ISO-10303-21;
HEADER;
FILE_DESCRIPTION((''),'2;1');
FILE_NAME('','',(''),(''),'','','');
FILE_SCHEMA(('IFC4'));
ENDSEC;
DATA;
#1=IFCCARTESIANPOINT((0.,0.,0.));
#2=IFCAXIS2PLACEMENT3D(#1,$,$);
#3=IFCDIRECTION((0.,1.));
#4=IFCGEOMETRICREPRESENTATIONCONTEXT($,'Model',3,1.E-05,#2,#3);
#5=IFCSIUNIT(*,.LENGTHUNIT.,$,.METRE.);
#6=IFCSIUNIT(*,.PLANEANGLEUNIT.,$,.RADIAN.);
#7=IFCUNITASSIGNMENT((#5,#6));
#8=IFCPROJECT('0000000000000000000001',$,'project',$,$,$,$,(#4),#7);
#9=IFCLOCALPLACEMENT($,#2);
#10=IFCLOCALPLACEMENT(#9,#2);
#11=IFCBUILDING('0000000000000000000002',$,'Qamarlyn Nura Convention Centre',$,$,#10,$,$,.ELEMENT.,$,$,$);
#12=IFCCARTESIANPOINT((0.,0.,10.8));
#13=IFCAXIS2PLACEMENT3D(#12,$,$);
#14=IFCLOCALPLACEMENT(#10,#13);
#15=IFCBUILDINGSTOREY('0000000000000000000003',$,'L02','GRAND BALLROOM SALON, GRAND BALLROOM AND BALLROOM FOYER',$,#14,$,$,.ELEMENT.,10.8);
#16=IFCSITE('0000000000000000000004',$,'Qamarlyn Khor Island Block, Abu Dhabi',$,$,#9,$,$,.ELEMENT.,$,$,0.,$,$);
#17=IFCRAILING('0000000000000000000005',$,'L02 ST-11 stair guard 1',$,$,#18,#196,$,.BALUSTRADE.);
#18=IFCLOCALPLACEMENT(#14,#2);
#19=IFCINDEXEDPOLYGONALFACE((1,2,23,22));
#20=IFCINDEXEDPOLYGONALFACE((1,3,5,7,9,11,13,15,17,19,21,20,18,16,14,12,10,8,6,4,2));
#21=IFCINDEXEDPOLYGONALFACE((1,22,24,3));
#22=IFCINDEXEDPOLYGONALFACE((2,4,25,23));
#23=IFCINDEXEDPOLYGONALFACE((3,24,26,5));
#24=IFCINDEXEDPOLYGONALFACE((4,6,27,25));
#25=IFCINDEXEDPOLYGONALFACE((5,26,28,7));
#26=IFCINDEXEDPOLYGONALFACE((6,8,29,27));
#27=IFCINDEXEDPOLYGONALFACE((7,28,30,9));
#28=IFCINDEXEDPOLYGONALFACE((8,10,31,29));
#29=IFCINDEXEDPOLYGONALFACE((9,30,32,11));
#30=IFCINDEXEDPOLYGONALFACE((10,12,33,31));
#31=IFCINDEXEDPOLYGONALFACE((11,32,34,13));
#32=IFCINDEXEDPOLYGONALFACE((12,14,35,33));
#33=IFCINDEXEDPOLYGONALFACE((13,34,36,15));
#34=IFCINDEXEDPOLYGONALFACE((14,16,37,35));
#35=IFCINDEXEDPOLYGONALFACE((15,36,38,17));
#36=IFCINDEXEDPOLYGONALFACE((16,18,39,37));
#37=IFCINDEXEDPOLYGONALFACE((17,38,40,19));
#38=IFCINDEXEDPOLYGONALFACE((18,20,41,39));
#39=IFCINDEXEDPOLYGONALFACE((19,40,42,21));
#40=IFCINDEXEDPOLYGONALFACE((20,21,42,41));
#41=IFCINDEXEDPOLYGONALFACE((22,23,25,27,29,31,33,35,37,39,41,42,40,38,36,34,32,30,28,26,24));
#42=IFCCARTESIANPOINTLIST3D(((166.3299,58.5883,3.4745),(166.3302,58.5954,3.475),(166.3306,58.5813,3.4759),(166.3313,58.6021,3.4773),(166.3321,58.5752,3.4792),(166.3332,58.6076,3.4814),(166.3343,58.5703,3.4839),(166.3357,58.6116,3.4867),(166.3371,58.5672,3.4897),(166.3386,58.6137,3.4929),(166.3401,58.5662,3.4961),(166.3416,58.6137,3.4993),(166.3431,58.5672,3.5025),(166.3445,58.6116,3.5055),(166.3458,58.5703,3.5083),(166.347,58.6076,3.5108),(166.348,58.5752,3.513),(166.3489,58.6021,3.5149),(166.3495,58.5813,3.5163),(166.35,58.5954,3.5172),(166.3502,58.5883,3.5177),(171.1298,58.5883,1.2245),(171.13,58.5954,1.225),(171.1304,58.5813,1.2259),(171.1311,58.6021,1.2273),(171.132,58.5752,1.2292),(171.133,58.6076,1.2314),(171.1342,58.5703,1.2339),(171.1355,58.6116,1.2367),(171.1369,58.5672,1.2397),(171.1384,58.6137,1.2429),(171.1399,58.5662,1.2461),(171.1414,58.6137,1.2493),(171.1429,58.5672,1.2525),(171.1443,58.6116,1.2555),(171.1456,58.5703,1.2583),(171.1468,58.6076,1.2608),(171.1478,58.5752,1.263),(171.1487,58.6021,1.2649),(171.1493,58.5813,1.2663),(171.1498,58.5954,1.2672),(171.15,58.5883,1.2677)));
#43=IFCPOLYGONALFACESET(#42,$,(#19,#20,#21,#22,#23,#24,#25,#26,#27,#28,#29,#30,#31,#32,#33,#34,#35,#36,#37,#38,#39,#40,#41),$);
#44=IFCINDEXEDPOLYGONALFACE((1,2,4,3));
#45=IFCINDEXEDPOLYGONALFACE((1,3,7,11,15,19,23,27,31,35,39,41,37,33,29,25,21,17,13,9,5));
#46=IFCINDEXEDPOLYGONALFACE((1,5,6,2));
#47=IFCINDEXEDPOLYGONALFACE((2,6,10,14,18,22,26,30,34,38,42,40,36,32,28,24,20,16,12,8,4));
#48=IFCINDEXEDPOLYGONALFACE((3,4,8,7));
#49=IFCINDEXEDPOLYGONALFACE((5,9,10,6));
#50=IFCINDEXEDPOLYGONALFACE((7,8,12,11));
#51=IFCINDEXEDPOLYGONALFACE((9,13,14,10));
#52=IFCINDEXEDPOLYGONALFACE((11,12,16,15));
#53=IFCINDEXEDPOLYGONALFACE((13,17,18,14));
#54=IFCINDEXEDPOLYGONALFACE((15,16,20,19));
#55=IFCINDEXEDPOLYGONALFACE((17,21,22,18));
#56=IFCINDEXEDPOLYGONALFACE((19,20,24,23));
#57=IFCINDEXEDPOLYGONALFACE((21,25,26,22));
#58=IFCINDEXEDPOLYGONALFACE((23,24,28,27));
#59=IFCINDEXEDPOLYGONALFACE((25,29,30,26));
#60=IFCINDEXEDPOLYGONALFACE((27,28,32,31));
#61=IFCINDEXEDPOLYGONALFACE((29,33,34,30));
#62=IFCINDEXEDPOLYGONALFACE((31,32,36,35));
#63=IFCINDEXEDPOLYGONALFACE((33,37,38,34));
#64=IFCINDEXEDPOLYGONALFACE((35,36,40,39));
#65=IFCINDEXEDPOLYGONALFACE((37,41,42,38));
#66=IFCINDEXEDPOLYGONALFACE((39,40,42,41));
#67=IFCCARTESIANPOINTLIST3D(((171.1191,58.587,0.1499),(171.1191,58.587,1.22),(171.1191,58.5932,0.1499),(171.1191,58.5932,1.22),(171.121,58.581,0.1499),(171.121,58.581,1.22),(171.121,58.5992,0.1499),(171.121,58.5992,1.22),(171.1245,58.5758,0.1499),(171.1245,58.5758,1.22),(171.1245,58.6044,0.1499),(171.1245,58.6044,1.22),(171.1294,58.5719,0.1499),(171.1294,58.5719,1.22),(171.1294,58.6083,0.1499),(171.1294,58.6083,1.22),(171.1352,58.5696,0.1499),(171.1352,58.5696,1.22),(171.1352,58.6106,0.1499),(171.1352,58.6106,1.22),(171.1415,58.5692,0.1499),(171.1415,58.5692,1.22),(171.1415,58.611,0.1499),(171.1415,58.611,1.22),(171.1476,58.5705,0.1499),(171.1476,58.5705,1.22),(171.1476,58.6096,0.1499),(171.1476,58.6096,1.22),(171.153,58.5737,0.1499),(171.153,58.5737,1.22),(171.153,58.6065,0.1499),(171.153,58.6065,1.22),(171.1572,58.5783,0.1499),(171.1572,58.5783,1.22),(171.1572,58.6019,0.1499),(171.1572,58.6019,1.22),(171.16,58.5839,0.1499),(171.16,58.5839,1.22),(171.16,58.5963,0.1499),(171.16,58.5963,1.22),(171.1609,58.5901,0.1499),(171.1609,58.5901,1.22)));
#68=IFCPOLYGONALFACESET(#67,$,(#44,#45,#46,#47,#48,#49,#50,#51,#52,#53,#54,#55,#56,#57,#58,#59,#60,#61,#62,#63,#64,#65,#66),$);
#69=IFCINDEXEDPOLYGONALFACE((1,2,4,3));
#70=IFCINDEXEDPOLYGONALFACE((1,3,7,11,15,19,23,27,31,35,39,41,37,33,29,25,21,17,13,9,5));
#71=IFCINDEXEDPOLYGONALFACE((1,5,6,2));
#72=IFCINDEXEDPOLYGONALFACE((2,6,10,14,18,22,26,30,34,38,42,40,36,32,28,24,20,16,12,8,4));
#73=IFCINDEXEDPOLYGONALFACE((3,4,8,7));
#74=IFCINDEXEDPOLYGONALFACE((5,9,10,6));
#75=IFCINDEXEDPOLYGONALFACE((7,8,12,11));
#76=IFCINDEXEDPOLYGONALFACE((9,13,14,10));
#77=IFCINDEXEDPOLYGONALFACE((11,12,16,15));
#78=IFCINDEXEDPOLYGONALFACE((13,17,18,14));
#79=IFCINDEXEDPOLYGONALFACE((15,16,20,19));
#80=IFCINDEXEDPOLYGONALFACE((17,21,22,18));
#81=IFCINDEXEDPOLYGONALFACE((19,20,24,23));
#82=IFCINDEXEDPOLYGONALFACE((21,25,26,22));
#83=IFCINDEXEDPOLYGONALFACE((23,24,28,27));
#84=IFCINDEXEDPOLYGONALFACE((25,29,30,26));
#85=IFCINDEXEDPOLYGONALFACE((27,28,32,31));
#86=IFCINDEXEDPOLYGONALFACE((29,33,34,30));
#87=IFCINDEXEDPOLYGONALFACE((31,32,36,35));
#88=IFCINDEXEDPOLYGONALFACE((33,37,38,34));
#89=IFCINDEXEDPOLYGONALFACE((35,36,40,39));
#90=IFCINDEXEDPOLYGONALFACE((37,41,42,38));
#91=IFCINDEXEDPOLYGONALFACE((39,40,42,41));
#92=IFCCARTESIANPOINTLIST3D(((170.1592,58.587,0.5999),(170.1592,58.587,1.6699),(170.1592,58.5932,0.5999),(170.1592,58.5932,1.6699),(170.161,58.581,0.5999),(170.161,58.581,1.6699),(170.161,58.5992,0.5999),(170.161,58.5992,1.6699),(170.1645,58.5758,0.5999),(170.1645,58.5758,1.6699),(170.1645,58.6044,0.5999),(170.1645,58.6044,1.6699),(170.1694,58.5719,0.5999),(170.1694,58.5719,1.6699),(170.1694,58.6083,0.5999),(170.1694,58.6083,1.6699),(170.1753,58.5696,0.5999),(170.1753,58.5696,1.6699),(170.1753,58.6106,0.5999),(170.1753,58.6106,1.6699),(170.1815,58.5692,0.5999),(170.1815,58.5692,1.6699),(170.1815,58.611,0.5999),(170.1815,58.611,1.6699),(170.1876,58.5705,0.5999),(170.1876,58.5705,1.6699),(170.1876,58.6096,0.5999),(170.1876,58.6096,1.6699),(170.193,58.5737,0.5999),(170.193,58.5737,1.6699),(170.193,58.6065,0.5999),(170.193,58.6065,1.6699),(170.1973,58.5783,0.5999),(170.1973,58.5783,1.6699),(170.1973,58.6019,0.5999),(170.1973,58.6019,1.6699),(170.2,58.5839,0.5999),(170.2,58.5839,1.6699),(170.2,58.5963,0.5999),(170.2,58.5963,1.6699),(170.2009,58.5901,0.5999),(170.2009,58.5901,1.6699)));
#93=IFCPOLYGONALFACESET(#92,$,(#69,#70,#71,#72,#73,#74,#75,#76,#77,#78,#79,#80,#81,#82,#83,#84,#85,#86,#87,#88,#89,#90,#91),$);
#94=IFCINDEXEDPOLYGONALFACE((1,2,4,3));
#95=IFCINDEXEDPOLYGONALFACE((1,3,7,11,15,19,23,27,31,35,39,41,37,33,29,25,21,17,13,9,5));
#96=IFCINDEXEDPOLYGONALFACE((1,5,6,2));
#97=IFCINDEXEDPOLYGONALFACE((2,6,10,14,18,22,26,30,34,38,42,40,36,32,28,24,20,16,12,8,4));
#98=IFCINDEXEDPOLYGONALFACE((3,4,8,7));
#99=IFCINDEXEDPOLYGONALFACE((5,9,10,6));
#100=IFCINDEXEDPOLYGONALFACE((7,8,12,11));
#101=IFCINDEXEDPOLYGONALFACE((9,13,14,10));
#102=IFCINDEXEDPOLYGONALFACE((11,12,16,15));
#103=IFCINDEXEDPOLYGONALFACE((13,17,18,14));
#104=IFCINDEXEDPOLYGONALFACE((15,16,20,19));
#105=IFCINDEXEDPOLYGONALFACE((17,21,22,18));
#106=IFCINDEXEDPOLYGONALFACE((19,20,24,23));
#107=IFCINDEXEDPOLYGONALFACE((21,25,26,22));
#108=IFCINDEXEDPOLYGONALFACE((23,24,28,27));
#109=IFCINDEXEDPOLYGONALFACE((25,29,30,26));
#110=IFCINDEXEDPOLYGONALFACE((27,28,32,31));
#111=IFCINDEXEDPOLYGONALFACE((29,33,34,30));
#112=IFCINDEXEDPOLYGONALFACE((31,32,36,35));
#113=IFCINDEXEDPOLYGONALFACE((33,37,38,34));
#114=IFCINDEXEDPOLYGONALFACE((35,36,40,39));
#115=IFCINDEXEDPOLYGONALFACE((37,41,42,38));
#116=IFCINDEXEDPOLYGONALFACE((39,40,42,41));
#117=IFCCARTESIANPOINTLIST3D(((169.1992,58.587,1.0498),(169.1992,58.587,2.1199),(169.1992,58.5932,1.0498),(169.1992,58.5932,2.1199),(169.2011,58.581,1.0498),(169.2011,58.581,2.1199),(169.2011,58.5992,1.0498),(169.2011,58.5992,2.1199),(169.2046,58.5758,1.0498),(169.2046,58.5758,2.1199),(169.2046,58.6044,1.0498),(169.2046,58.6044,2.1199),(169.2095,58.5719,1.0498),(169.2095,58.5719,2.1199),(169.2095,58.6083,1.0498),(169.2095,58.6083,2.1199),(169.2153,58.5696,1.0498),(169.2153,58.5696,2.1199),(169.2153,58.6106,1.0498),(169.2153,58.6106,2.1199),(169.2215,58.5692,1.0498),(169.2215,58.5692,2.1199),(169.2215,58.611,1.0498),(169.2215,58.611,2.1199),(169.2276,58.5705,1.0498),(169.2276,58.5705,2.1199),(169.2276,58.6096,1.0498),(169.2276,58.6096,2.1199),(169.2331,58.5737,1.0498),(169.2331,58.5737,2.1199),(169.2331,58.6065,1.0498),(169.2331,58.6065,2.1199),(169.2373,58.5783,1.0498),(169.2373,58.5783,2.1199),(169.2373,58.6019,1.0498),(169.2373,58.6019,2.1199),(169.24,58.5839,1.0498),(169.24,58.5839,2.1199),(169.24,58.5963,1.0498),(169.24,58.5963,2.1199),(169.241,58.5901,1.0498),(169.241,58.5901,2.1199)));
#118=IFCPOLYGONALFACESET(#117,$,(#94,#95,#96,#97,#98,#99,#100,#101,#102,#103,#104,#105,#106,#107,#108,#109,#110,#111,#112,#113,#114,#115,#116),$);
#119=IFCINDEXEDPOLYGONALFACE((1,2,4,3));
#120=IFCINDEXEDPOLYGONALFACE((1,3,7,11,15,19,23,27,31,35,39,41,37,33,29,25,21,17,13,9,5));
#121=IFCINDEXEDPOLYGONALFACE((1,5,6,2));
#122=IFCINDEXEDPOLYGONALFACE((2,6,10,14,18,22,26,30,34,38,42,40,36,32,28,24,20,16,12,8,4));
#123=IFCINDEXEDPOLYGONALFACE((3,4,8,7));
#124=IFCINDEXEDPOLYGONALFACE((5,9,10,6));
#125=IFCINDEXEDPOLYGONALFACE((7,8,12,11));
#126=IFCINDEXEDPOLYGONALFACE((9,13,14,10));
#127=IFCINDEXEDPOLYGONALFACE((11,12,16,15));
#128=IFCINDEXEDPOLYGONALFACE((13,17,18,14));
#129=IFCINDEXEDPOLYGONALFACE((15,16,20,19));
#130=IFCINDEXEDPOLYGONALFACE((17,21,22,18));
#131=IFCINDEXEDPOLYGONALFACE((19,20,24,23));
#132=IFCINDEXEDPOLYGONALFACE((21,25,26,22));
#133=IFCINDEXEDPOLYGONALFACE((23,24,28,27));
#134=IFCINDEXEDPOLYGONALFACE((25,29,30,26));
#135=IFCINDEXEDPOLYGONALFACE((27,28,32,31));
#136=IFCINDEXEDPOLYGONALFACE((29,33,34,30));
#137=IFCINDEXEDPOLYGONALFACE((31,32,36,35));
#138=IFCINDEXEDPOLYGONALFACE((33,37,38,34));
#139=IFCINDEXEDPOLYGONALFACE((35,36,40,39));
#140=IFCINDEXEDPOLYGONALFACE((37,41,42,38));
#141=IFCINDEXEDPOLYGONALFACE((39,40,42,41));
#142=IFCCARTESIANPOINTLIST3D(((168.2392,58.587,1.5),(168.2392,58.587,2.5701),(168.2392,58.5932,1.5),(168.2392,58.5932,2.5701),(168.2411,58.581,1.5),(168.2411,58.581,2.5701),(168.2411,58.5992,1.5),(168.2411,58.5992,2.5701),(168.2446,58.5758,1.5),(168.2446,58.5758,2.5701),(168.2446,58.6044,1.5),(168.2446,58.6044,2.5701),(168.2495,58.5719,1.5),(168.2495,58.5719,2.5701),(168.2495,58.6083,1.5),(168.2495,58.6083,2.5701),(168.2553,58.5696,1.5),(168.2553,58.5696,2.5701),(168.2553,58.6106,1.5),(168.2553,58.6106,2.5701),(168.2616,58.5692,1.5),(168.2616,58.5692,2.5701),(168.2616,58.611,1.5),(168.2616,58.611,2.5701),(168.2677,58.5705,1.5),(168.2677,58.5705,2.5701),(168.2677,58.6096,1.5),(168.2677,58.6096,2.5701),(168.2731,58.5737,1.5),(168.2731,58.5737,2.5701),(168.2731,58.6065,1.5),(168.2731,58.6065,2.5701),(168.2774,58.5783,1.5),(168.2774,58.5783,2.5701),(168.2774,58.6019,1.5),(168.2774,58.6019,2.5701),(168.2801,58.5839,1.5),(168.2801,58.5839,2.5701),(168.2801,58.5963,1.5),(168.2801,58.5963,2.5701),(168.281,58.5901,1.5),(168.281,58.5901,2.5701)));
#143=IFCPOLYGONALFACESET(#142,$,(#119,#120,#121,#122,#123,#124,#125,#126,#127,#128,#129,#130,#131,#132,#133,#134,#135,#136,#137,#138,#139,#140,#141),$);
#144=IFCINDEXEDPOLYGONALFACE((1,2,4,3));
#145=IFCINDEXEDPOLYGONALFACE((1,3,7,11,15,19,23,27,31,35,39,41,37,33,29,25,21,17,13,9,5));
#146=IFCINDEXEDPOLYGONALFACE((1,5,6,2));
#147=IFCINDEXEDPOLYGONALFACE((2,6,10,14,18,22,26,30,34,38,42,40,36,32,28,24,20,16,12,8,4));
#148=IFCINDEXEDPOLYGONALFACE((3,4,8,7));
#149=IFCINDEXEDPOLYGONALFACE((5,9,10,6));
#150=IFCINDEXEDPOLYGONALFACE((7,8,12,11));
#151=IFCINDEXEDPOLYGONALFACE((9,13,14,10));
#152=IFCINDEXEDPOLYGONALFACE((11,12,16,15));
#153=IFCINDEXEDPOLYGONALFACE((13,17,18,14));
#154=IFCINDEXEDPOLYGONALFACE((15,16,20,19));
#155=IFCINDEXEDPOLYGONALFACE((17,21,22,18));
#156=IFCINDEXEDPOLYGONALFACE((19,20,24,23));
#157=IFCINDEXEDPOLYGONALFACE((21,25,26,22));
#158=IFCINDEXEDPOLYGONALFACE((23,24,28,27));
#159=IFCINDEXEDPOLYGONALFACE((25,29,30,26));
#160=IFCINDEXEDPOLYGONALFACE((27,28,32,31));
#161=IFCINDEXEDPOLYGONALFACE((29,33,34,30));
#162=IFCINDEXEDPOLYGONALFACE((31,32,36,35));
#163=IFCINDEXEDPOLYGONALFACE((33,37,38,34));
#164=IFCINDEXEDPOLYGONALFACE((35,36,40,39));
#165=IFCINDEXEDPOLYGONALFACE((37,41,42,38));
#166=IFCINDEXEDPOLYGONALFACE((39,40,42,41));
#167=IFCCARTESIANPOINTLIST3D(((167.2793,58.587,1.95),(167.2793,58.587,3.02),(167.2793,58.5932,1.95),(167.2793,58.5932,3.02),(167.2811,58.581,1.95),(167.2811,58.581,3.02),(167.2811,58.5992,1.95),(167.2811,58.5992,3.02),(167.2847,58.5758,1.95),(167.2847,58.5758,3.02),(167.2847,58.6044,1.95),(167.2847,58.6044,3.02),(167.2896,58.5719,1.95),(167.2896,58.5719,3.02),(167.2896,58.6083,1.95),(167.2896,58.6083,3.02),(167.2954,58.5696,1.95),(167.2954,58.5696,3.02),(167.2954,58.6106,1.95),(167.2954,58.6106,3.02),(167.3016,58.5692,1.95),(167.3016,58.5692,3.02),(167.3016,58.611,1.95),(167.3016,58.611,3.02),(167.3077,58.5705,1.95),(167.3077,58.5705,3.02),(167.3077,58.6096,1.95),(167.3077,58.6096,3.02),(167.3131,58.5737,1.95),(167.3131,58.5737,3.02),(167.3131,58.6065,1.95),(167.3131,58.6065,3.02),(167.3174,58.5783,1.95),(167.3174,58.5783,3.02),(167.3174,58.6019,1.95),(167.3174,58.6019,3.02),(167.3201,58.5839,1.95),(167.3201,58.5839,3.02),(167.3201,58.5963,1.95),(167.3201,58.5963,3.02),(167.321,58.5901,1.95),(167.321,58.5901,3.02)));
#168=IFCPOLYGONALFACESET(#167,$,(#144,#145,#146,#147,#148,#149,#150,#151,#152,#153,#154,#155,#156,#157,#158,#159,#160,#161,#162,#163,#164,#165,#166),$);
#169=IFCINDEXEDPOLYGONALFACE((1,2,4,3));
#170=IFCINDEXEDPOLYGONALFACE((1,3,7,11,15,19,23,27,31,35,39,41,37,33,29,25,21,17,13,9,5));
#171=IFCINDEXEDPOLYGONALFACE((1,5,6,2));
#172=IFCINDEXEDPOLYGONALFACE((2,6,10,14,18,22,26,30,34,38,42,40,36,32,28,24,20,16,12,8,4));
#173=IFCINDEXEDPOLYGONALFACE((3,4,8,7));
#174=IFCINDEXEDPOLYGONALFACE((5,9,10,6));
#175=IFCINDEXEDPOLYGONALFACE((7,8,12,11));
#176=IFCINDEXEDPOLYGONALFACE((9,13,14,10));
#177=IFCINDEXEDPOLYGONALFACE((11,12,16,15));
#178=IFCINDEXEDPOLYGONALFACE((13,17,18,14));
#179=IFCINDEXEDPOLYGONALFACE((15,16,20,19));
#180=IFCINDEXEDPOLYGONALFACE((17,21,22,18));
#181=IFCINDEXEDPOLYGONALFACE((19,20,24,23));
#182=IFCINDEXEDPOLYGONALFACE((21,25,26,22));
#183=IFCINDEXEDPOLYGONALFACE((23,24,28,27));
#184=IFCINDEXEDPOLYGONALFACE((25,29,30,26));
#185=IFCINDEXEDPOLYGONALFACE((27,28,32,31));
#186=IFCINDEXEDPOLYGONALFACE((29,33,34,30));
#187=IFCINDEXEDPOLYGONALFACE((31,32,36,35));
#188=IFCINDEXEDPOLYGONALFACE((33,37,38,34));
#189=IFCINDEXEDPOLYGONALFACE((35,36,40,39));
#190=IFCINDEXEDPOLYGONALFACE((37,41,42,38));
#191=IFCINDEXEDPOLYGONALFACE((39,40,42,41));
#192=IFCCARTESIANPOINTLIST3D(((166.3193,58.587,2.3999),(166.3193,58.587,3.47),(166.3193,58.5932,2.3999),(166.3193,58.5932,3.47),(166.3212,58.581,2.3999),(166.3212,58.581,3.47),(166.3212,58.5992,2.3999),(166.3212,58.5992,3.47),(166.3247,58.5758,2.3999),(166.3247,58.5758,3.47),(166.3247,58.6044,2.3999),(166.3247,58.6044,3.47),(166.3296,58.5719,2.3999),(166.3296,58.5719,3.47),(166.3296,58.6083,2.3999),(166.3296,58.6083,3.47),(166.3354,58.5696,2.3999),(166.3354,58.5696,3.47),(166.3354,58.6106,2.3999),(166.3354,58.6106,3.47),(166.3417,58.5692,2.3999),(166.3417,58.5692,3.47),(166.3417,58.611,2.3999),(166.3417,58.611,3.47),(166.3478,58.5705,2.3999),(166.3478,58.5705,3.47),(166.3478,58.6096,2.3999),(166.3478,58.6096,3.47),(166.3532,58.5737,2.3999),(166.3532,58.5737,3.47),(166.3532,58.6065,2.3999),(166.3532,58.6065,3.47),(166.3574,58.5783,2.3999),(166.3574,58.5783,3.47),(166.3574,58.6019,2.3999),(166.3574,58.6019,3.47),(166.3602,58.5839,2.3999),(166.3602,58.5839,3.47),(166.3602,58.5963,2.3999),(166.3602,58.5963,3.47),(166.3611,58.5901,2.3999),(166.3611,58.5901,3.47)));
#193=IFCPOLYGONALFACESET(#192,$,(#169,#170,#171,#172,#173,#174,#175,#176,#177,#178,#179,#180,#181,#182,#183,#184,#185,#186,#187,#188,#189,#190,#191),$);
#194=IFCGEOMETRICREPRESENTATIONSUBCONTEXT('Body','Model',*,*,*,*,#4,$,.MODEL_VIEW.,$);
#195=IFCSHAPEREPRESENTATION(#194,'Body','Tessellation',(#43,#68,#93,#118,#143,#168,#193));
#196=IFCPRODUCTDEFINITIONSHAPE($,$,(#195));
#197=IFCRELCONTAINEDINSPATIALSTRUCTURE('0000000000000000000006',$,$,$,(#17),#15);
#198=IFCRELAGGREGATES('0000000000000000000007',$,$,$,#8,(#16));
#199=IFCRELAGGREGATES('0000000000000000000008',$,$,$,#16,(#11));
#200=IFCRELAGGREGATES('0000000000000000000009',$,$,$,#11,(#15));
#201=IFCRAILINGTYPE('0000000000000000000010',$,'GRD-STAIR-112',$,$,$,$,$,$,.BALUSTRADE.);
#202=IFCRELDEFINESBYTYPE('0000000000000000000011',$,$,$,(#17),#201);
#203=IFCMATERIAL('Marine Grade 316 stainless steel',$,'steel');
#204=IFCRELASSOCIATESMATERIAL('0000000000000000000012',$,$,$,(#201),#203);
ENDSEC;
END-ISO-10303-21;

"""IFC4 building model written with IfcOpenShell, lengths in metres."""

from ifc_helpers import new_model, si_unit, direction, frame, origin, origin_2d, place, context, subcontext, project, spatial, circle, extrude, material, type_object, element, save


model = new_model("IFC4")

# Units and contexts
model_context = context("Model", 3, precision=1e-05, world=origin(), true_north=direction((0.0, 1.0)))
body_context = subcontext(model_context, "Body", "Model", "MODEL_VIEW")
ifc_project = project(units=[si_unit("LENGTHUNIT", "METRE"), si_unit("PLANEANGLEUNIT", "RADIAN")], contexts=[model_context])

# Site, building, storey
site_placement = place(None, origin())
site = spatial("IfcSite", under=ifc_project, at=site_placement, Name="Qamarlyn Khor Island Block, Abu Dhabi", CompositionType="ELEMENT", RefElevation=0.0)
building_placement = place(site_placement, origin())
building = spatial("IfcBuilding", under=site, at=building_placement, Name="Qamarlyn Nura Convention Centre", CompositionType="ELEMENT")
storey_placement = place(building_placement, frame((0.0, 0.0, 10.8)))
storey = spatial("IfcBuildingStorey", under=building, at=storey_placement, Name="L02", Description="GRAND BALLROOM SALON, GRAND BALLROOM AND BALLROOM FOYER", CompositionType="ELEMENT", Elevation=10.8)

# Railing
ifc_material_1 = material(Name="Marine Grade 316 stainless steel", Category="steel")
railing_type_1 = type_object("IfcRailingType", Name="GRD-STAIR-112", PredefinedType="BALUSTRADE", material=ifc_material_1)
railing_1_placement = place(storey_placement, frame((171.1399, 58.5901, 0.1499)))
element("IfcRailing", 1, at=railing_1_placement, inside=storey, type_object=railing_type_1, Name="L02 ST-11 stair guard 1", PredefinedType="BALUSTRADE", context=body_context, shape_type="SweptSolid", body=[
    extrude(circle(Radius=0.0239, at=origin_2d()), frame((0.0, 0.0, 1.0962), z_axis=(-0.905452, 0.0, 0.424448), x_axis=(0.0, -1.0, 0.0)), (0.0, 0.0, 1.0), 5.301),
    extrude(circle(Radius=0.021, at=origin_2d()), origin(), (0.0, 0.0, 1.0), 1.0701),
    extrude(circle(Radius=0.021, at=origin_2d()), frame((-0.96, 0.0, 0.45)), (0.0, 0.0, 1.0), 1.0701),
    extrude(circle(Radius=0.021, at=origin_2d()), frame((-1.9199, 0.0, 0.8999)), (0.0, 0.0, 1.0), 1.0701),
    extrude(circle(Radius=0.021, at=origin_2d()), frame((-2.8799, 0.0, 1.3501)), (0.0, 0.0, 1.0), 1.0701),
    extrude(circle(Radius=0.021, at=origin_2d()), frame((-3.8398, 0.0, 1.8)), (0.0, 0.0, 1.0), 1.0701),
    extrude(circle(Radius=0.021, at=origin_2d()), frame((-4.7998, 0.0, 2.25)), (0.0, 0.0, 1.0), 1.0701),
])

save(model, "model.ifc")
